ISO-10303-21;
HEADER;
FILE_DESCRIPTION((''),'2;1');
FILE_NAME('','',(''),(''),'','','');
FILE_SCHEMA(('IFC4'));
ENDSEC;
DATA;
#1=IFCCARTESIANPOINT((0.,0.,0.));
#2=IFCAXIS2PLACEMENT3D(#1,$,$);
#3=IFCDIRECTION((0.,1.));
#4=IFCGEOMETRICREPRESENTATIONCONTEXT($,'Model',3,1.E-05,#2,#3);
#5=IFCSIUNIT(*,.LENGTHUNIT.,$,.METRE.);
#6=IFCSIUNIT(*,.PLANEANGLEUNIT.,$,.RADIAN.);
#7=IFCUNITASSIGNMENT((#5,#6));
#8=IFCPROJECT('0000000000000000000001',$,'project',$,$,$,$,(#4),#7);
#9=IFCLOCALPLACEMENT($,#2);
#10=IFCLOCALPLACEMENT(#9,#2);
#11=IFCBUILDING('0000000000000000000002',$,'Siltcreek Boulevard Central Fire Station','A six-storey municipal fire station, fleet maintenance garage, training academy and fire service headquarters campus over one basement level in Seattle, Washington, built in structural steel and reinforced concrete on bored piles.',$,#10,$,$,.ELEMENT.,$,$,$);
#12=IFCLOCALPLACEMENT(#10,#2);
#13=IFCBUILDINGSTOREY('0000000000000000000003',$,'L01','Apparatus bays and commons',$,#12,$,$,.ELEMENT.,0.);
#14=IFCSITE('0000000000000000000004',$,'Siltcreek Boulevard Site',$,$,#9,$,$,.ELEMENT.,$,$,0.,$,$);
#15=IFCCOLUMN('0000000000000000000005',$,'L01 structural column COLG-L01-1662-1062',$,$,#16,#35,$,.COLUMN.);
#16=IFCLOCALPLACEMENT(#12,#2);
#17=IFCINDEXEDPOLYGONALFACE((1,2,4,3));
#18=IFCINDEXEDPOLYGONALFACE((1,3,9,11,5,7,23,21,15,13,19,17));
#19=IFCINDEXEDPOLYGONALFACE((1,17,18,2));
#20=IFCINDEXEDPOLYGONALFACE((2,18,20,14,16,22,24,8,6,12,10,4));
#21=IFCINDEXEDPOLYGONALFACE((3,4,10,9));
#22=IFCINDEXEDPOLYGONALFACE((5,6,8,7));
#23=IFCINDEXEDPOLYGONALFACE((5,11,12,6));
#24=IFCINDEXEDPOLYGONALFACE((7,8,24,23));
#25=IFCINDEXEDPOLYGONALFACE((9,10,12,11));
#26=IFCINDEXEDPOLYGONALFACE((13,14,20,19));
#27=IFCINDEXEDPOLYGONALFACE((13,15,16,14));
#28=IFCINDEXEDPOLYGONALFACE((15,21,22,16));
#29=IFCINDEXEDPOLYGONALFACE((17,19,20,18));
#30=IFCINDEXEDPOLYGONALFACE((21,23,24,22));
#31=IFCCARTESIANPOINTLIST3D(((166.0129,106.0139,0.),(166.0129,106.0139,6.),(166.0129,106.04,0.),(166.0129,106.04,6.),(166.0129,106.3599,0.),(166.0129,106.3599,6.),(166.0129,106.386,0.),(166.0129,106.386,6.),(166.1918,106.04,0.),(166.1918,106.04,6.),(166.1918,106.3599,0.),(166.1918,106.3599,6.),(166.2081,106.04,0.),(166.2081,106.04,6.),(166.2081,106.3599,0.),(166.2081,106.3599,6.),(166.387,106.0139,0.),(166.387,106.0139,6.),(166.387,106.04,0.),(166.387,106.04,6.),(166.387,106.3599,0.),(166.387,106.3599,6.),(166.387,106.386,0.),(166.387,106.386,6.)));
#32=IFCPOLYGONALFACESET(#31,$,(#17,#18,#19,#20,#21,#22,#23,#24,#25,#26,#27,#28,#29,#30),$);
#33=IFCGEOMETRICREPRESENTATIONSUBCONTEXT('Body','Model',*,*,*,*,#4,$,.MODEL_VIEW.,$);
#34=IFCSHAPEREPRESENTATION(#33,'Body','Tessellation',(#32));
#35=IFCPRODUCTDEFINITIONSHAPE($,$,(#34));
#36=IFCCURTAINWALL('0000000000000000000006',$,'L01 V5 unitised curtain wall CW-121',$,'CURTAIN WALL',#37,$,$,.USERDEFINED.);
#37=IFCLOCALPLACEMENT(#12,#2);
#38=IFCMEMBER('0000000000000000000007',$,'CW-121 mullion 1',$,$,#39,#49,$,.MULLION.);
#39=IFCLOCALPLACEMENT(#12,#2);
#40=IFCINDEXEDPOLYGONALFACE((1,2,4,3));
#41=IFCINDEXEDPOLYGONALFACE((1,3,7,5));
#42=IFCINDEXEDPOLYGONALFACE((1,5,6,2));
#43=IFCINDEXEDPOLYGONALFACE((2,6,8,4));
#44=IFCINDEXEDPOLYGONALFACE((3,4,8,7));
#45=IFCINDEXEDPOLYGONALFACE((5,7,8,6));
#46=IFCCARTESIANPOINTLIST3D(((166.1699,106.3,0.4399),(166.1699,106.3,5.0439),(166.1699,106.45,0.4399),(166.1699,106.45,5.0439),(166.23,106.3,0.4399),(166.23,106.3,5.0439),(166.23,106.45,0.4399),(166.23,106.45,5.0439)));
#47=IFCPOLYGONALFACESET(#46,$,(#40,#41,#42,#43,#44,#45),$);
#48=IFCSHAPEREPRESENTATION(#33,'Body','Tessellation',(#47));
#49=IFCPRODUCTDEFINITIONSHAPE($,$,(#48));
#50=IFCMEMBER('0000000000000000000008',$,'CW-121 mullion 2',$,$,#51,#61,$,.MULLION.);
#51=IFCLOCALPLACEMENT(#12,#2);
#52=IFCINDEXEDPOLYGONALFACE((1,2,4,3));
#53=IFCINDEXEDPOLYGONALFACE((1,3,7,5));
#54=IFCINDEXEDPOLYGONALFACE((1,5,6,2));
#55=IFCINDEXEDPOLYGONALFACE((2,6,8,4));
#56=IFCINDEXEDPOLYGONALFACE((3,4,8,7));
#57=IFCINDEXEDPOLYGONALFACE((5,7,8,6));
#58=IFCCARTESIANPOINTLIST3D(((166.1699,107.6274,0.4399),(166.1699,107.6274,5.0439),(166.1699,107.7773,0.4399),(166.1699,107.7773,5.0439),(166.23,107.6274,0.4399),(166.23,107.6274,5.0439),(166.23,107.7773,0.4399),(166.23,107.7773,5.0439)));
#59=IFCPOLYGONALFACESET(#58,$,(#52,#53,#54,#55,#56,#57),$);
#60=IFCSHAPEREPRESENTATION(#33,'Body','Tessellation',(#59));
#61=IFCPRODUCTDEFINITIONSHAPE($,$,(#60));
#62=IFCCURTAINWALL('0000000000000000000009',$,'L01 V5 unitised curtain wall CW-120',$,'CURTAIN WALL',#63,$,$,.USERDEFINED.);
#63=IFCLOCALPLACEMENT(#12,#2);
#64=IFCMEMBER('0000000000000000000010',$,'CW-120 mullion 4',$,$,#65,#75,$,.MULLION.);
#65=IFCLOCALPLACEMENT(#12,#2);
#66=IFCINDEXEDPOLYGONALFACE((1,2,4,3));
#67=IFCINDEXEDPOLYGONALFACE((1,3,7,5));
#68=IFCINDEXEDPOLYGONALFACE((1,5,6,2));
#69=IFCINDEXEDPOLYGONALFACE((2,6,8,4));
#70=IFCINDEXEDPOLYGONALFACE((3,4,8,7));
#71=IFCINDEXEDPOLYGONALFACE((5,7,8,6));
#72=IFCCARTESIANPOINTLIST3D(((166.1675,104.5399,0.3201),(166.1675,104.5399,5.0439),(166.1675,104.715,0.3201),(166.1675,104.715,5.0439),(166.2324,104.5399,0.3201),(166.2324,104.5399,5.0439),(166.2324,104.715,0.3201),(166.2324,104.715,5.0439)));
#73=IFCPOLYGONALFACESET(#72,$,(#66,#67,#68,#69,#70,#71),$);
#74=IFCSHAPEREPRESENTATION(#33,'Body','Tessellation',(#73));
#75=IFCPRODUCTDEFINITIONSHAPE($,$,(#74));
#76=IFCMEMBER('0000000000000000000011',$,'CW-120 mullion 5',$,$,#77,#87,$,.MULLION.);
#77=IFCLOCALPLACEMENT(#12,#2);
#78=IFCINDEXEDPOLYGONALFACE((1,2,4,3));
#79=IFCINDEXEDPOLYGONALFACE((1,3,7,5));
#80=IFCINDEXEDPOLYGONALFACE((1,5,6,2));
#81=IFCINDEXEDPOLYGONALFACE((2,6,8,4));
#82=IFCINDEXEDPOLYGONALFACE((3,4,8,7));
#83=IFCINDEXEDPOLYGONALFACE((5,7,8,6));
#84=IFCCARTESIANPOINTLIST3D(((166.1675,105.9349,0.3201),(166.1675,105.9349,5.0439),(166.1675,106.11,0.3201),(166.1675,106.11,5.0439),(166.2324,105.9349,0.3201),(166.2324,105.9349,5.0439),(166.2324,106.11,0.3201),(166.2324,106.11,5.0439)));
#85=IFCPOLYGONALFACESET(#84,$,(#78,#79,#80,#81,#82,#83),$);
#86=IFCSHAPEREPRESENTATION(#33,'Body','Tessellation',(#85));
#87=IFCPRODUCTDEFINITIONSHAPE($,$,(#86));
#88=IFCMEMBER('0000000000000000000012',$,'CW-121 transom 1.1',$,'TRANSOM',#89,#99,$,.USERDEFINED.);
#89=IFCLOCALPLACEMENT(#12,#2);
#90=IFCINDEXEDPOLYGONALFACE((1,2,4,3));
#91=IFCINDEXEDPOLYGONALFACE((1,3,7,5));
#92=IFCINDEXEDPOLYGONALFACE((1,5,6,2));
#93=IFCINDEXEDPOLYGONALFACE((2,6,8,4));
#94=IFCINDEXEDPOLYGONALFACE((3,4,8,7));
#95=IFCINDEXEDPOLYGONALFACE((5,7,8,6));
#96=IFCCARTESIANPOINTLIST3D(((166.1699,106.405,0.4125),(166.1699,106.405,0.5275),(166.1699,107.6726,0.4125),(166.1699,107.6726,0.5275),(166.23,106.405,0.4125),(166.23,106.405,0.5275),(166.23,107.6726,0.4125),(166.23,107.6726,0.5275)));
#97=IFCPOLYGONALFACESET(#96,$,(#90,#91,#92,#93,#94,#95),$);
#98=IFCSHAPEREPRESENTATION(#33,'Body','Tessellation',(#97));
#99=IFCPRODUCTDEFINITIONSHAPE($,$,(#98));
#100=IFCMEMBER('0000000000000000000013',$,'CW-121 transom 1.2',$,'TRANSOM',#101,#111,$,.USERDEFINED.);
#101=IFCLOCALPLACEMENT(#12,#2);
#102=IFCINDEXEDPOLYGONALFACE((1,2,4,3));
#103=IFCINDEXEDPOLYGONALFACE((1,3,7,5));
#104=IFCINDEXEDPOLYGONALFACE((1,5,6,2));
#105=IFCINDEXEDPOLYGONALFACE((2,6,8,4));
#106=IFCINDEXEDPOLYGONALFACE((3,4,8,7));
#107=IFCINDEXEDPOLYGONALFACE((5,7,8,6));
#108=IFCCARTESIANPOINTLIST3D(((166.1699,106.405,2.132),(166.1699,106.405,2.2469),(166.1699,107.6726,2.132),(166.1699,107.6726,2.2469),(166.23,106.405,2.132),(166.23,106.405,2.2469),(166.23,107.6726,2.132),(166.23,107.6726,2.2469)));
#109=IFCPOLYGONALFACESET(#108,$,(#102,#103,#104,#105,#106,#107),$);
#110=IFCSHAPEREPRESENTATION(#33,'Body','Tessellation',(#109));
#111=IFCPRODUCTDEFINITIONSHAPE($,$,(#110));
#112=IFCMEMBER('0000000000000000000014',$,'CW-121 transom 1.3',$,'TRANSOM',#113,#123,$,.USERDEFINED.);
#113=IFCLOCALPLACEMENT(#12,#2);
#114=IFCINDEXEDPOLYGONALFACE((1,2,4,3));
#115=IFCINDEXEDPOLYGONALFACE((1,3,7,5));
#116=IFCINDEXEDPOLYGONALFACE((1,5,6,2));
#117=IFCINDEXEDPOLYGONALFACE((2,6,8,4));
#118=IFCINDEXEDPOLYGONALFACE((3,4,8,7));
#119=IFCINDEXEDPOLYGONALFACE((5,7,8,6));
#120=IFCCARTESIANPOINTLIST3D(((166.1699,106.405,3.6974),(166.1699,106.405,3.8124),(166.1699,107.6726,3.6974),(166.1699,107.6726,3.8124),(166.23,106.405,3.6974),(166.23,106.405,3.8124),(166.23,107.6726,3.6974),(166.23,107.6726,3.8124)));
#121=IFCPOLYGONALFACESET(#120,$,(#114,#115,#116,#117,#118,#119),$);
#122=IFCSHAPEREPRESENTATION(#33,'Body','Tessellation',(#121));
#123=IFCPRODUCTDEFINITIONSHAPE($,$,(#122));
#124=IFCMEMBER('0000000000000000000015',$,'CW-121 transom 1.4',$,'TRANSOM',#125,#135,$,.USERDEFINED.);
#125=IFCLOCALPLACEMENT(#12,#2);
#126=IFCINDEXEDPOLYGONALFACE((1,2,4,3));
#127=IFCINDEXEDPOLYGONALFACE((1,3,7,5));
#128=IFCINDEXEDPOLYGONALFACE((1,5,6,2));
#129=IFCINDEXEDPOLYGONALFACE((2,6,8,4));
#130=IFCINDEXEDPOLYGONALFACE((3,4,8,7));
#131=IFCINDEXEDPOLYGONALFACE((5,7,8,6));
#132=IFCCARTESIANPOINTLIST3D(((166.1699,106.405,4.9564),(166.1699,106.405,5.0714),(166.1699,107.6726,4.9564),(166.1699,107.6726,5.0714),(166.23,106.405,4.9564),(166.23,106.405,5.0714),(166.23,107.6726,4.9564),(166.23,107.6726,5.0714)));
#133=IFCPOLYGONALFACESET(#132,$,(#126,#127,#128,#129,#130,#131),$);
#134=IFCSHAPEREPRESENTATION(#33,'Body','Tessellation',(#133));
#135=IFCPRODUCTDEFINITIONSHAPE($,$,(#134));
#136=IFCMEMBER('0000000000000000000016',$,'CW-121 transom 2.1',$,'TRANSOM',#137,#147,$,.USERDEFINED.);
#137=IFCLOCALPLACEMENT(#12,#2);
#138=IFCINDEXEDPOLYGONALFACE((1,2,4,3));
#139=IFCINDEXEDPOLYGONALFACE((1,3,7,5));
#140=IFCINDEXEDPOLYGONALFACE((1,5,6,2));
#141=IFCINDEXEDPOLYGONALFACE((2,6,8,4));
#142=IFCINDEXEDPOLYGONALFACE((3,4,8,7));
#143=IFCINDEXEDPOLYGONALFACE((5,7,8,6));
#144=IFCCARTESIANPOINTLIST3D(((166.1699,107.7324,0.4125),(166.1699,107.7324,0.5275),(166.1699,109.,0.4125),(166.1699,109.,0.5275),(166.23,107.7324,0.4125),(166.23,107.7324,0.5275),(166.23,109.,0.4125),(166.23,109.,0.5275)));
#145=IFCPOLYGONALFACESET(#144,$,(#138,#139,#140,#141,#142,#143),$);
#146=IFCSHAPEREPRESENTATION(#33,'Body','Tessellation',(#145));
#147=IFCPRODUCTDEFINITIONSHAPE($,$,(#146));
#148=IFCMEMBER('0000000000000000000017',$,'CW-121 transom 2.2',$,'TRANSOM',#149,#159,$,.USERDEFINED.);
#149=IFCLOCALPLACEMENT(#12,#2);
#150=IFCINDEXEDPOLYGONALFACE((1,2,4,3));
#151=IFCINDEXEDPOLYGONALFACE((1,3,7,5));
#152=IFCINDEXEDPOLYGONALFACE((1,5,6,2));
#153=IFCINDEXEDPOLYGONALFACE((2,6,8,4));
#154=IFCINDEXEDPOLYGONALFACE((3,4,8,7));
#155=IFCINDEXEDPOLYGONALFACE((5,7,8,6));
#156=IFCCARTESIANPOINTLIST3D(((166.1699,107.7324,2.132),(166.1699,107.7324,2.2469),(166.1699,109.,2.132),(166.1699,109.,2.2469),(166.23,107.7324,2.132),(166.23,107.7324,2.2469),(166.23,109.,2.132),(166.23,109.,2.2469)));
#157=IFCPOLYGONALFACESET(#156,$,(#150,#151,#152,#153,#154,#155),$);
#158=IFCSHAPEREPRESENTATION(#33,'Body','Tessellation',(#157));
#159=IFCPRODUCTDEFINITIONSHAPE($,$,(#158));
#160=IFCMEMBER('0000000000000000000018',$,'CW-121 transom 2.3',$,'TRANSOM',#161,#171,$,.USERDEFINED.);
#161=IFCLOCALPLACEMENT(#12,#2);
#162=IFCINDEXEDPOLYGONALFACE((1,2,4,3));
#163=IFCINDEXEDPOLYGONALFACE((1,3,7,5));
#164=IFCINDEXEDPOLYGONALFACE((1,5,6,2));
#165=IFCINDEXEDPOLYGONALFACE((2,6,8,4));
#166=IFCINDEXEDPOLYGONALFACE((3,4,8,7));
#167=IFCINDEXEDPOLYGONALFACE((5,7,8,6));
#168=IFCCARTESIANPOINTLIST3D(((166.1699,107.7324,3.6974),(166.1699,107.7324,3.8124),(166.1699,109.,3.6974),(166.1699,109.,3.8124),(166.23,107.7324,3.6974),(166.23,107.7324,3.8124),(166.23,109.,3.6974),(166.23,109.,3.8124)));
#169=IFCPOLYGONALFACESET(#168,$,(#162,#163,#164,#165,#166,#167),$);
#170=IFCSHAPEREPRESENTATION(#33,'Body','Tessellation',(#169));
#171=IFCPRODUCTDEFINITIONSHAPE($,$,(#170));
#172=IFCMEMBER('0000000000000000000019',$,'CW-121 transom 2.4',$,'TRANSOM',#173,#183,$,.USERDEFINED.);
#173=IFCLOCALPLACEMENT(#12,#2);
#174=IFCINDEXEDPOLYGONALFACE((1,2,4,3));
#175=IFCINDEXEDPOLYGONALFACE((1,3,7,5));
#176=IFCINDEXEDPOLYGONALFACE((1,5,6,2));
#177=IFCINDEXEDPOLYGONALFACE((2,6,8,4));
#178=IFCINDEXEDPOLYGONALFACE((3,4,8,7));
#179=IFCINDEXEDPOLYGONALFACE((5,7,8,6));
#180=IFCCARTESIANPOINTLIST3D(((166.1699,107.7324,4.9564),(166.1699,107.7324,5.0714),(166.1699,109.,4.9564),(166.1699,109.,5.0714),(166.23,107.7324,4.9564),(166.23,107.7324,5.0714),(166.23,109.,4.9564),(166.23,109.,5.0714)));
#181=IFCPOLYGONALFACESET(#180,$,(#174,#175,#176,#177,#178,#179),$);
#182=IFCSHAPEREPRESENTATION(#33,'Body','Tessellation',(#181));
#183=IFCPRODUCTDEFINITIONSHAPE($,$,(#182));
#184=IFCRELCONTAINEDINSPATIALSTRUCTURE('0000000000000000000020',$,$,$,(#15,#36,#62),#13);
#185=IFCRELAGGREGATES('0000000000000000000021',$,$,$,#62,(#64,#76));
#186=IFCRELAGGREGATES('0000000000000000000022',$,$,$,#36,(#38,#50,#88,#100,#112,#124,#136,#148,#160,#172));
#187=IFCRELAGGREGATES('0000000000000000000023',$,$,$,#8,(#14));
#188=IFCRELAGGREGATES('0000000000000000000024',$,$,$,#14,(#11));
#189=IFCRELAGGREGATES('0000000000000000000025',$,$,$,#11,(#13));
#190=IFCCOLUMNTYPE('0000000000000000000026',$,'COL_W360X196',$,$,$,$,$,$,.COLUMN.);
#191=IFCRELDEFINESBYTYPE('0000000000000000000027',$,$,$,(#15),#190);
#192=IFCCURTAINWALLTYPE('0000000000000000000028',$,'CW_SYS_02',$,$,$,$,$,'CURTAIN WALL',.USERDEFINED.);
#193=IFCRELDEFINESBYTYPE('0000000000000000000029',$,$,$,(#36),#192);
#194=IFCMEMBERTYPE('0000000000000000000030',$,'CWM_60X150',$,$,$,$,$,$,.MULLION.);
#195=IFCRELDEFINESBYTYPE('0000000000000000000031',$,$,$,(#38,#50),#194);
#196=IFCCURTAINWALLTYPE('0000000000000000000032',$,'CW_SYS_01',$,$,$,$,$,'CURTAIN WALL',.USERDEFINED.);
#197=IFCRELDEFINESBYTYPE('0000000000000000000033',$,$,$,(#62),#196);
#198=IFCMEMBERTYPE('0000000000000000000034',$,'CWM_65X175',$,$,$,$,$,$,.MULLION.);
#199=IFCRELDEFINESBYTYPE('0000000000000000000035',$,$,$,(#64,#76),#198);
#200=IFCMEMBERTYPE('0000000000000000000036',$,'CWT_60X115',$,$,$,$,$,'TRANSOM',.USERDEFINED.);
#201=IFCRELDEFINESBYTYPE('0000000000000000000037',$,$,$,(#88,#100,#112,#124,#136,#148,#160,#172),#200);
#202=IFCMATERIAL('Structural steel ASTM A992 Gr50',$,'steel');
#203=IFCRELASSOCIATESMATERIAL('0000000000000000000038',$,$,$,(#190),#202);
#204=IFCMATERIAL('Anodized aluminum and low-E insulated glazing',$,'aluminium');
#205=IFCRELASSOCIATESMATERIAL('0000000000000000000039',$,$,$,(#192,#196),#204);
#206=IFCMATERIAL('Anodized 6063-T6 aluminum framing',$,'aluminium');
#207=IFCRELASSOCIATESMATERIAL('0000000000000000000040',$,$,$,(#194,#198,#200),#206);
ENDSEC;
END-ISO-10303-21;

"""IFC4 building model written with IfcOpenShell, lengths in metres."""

from ifc_helpers import new_model, si_unit, direction, frame, origin, origin_2d, place, context, subcontext, project, spatial, rectangle, i_section, extrude, material, material_profile, profile_set, type_object, element, aggregate, save


model = new_model("IFC4")

# Units and contexts
model_context = context("Model", 3, precision=1e-05, world=origin(), true_north=direction((0.0, 1.0)))
body_context = subcontext(model_context, "Body", "Model", "MODEL_VIEW")
ifc_project = project(units=[si_unit("LENGTHUNIT", "METRE"), si_unit("PLANEANGLEUNIT", "RADIAN")], contexts=[model_context])

# Site, building, storey
site_placement = place(None, origin())
site = spatial("IfcSite", under=ifc_project, at=site_placement, Name="Siltcreek Boulevard Site", CompositionType="ELEMENT", RefElevation=0.0)
building_placement = place(site_placement, origin())
building = spatial("IfcBuilding", under=site, at=building_placement, Name="Siltcreek Boulevard Central Fire Station", Description="A six-storey municipal fire station, fleet maintenance garage, training academy and fire service headquarters campus over one basement level in Seattle, Washington, built in structural steel and reinforced concrete on bored piles.", CompositionType="ELEMENT")
storey_placement = place(building_placement, origin())
storey = spatial("IfcBuildingStorey", under=building, at=storey_placement, Name="L01", Description="Apparatus bays and commons", CompositionType="ELEMENT", Elevation=0.0)

# Column
ifc_material_1 = material(Name="Structural steel ASTM A992 Gr50", Category="steel")
ifc_material_profile_1 = material_profile(ifc_material_1, i_section(OverallWidth=0.374, OverallDepth=0.3721, WebThickness=0.0164, FlangeThickness=0.0261, at=origin_2d()), Name="W360X196")
ifc_profile_set_1 = profile_set([ifc_material_profile_1], Name="Structural steel ASTM A992 Gr50")
column_type = type_object("IfcColumnType", Name="COL_W360X196", PredefinedType="COLUMN", material=ifc_profile_set_1)
column_placement = place(storey_placement, frame((166.2, 106.2, 0.0), z_axis=(0.0, 0.0, 1.0), x_axis=(1.0, 0.0, 0.0)))
element("IfcColumn", 1, at=column_placement, inside=storey, type_object=column_type, Name="L01 structural column COLG-L01-1662-1062", PredefinedType="COLUMN", context=body_context, shape_type="SweptSolid", body=[
    extrude(i_section(OverallWidth=0.374, OverallDepth=0.3721, WebThickness=0.0164, FlangeThickness=0.0261, at=origin_2d()), origin(), (0.0, 0.0, 1.0), 6.0),
])

# Curtain walls, members
ifc_material_2 = material(Name="Anodized aluminum and low-E insulated glazing", Category="aluminium")
curtain_wall_type_1 = type_object("IfcCurtainWallType", Name="CW_SYS_02", ElementType="CURTAIN WALL", PredefinedType="USERDEFINED", material=ifc_material_2)
curtain_wall_1_placement = place(storey_placement, origin())
curtain_wall_1 = element("IfcCurtainWall", 2, at=curtain_wall_1_placement, inside=storey, type_object=curtain_wall_type_1, Name="L01 V5 unitised curtain wall CW-121", ObjectType="CURTAIN WALL", PredefinedType="USERDEFINED")
ifc_material_3 = material(Name="Anodized 6063-T6 aluminum framing", Category="aluminium")
ifc_material_profile_2 = material_profile(ifc_material_3, rectangle(XDim=0.0601, YDim=0.1499, at=origin_2d()), Name="MULL60X150")
ifc_profile_set_2 = profile_set([ifc_material_profile_2], Name="Anodized 6063-T6 aluminum framing")
member_type_1 = type_object("IfcMemberType", Name="CWM_60X150", PredefinedType="MULLION", material=ifc_profile_set_2)
member_1_placement = place(storey_placement, frame((166.2, 106.375, 0.4399), z_axis=(0.0, 0.0, 1.0), x_axis=(-1.0, 0.0, 0.0)))
member_1 = element("IfcMember", 3, at=member_1_placement, type_object=member_type_1, Name="CW-121 mullion 1", PredefinedType="MULLION", context=body_context, shape_type="SweptSolid", body=[
    extrude(rectangle(XDim=0.0601, YDim=0.1499, at=origin_2d()), origin(), (0.0, 0.0, 1.0), 4.604),
])
member_2_placement = place(storey_placement, frame((166.2, 107.7024, 0.4399), z_axis=(0.0, 0.0, 1.0), x_axis=(-1.0, 0.0, 0.0)))
member_2 = element("IfcMember", 4, at=member_2_placement, type_object=member_type_1, Name="CW-121 mullion 2", PredefinedType="MULLION", context=body_context, shape_type="SweptSolid", body=[
    extrude(rectangle(XDim=0.0601, YDim=0.1499, at=origin_2d()), origin(), (0.0, 0.0, 1.0), 4.604),
])
curtain_wall_type_2 = type_object("IfcCurtainWallType", Name="CW_SYS_01", ElementType="CURTAIN WALL", PredefinedType="USERDEFINED", material=ifc_material_2)
curtain_wall_2_placement = place(storey_placement, origin())
curtain_wall_2 = element("IfcCurtainWall", 5, at=curtain_wall_2_placement, inside=storey, type_object=curtain_wall_type_2, Name="L01 V5 unitised curtain wall CW-120", ObjectType="CURTAIN WALL", PredefinedType="USERDEFINED")
ifc_material_profile_3 = material_profile(ifc_material_3, rectangle(XDim=0.0649, YDim=0.175, at=origin_2d()), Name="MULL65X175")
ifc_profile_set_3 = profile_set([ifc_material_profile_3], Name="Anodized 6063-T6 aluminum framing")
member_type_2 = type_object("IfcMemberType", Name="CWM_65X175", PredefinedType="MULLION", material=ifc_profile_set_3)
member_3_placement = place(storey_placement, frame((166.2, 104.6274, 0.3201), z_axis=(0.0, 0.0, 1.0), x_axis=(-1.0, 0.0, 0.0)))
member_3 = element("IfcMember", 6, at=member_3_placement, type_object=member_type_2, Name="CW-120 mullion 4", PredefinedType="MULLION", context=body_context, shape_type="SweptSolid", body=[
    extrude(rectangle(XDim=0.0649, YDim=0.175, at=origin_2d()), origin(), (0.0, 0.0, 1.0), 4.7239),
])
member_4_placement = place(storey_placement, frame((166.2, 106.0225, 0.3201), z_axis=(0.0, 0.0, 1.0), x_axis=(-1.0, 0.0, 0.0)))
member_4 = element("IfcMember", 7, at=member_4_placement, type_object=member_type_2, Name="CW-120 mullion 5", PredefinedType="MULLION", context=body_context, shape_type="SweptSolid", body=[
    extrude(rectangle(XDim=0.0649, YDim=0.175, at=origin_2d()), origin(), (0.0, 0.0, 1.0), 4.7239),
])

# Members
ifc_material_profile_4 = material_profile(ifc_material_3, rectangle(XDim=0.0601, YDim=0.115, at=origin_2d()), Name="TRAN60X115")
ifc_profile_set_4 = profile_set([ifc_material_profile_4], Name="Anodized 6063-T6 aluminum framing")
member_type_3 = type_object("IfcMemberType", Name="CWT_60X115", ElementType="TRANSOM", PredefinedType="USERDEFINED", material=ifc_profile_set_4)
member_5_placement = place(storey_placement, frame((166.2, 106.405, 0.47), z_axis=(0.0, 1.0, 0.0), x_axis=(-1.0, 0.0, 0.0)))
member_5 = element("IfcMember", 8, at=member_5_placement, type_object=member_type_3, Name="CW-121 transom 1.1", ObjectType="TRANSOM", PredefinedType="USERDEFINED", context=body_context, shape_type="SweptSolid", body=[
    extrude(rectangle(XDim=0.0601, YDim=0.115, at=origin_2d()), origin(), (0.0, 0.0, 1.0), 1.2676),
])
member_6_placement = place(storey_placement, frame((166.2, 106.405, 2.1895), z_axis=(0.0, 1.0, 0.0), x_axis=(-1.0, 0.0, 0.0)))
member_6 = element("IfcMember", 9, at=member_6_placement, type_object=member_type_3, Name="CW-121 transom 1.2", ObjectType="TRANSOM", PredefinedType="USERDEFINED", context=body_context, shape_type="SweptSolid", body=[
    extrude(rectangle(XDim=0.0601, YDim=0.115, at=origin_2d()), origin(), (0.0, 0.0, 1.0), 1.2676),
])
member_7_placement = place(storey_placement, frame((166.2, 106.405, 3.7549), z_axis=(0.0, 1.0, 0.0), x_axis=(-1.0, 0.0, 0.0)))
member_7 = element("IfcMember", 10, at=member_7_placement, type_object=member_type_3, Name="CW-121 transom 1.3", ObjectType="TRANSOM", PredefinedType="USERDEFINED", context=body_context, shape_type="SweptSolid", body=[
    extrude(rectangle(XDim=0.0601, YDim=0.115, at=origin_2d()), origin(), (0.0, 0.0, 1.0), 1.2676),
])
member_8_placement = place(storey_placement, frame((166.2, 106.405, 5.0139), z_axis=(0.0, 1.0, 0.0), x_axis=(-1.0, 0.0, 0.0)))
member_8 = element("IfcMember", 11, at=member_8_placement, type_object=member_type_3, Name="CW-121 transom 1.4", ObjectType="TRANSOM", PredefinedType="USERDEFINED", context=body_context, shape_type="SweptSolid", body=[
    extrude(rectangle(XDim=0.0601, YDim=0.115, at=origin_2d()), origin(), (0.0, 0.0, 1.0), 1.2676),
])
member_9_placement = place(storey_placement, frame((166.2, 107.7324, 0.47), z_axis=(0.0, 1.0, 0.0), x_axis=(-1.0, 0.0, 0.0)))
member_9 = element("IfcMember", 12, at=member_9_placement, type_object=member_type_3, Name="CW-121 transom 2.1", ObjectType="TRANSOM", PredefinedType="USERDEFINED", context=body_context, shape_type="SweptSolid", body=[
    extrude(rectangle(XDim=0.0601, YDim=0.115, at=origin_2d()), origin(), (0.0, 0.0, 1.0), 1.2676),
])
member_10_placement = place(storey_placement, frame((166.2, 107.7324, 2.1895), z_axis=(0.0, 1.0, 0.0), x_axis=(-1.0, 0.0, 0.0)))
member_10 = element("IfcMember", 13, at=member_10_placement, type_object=member_type_3, Name="CW-121 transom 2.2", ObjectType="TRANSOM", PredefinedType="USERDEFINED", context=body_context, shape_type="SweptSolid", body=[
    extrude(rectangle(XDim=0.0601, YDim=0.115, at=origin_2d()), origin(), (0.0, 0.0, 1.0), 1.2676),
])
member_11_placement = place(storey_placement, frame((166.2, 107.7324, 3.7549), z_axis=(0.0, 1.0, 0.0), x_axis=(-1.0, 0.0, 0.0)))
member_11 = element("IfcMember", 14, at=member_11_placement, type_object=member_type_3, Name="CW-121 transom 2.3", ObjectType="TRANSOM", PredefinedType="USERDEFINED", context=body_context, shape_type="SweptSolid", body=[
    extrude(rectangle(XDim=0.0601, YDim=0.115, at=origin_2d()), origin(), (0.0, 0.0, 1.0), 1.2676),
])
member_12_placement = place(storey_placement, frame((166.2, 107.7324, 5.0139), z_axis=(0.0, 1.0, 0.0), x_axis=(-1.0, 0.0, 0.0)))
member_12 = element("IfcMember", 15, at=member_12_placement, type_object=member_type_3, Name="CW-121 transom 2.4", ObjectType="TRANSOM", PredefinedType="USERDEFINED", context=body_context, shape_type="SweptSolid", body=[
    extrude(rectangle(XDim=0.0601, YDim=0.115, at=origin_2d()), origin(), (0.0, 0.0, 1.0), 1.2676),
])

aggregate(curtain_wall_2, [member_3, member_4])
aggregate(curtain_wall_1, [member_1, member_2, member_5, member_6, member_7, member_8, member_9, member_10, member_11, member_12])

save(model, "model.ifc")
